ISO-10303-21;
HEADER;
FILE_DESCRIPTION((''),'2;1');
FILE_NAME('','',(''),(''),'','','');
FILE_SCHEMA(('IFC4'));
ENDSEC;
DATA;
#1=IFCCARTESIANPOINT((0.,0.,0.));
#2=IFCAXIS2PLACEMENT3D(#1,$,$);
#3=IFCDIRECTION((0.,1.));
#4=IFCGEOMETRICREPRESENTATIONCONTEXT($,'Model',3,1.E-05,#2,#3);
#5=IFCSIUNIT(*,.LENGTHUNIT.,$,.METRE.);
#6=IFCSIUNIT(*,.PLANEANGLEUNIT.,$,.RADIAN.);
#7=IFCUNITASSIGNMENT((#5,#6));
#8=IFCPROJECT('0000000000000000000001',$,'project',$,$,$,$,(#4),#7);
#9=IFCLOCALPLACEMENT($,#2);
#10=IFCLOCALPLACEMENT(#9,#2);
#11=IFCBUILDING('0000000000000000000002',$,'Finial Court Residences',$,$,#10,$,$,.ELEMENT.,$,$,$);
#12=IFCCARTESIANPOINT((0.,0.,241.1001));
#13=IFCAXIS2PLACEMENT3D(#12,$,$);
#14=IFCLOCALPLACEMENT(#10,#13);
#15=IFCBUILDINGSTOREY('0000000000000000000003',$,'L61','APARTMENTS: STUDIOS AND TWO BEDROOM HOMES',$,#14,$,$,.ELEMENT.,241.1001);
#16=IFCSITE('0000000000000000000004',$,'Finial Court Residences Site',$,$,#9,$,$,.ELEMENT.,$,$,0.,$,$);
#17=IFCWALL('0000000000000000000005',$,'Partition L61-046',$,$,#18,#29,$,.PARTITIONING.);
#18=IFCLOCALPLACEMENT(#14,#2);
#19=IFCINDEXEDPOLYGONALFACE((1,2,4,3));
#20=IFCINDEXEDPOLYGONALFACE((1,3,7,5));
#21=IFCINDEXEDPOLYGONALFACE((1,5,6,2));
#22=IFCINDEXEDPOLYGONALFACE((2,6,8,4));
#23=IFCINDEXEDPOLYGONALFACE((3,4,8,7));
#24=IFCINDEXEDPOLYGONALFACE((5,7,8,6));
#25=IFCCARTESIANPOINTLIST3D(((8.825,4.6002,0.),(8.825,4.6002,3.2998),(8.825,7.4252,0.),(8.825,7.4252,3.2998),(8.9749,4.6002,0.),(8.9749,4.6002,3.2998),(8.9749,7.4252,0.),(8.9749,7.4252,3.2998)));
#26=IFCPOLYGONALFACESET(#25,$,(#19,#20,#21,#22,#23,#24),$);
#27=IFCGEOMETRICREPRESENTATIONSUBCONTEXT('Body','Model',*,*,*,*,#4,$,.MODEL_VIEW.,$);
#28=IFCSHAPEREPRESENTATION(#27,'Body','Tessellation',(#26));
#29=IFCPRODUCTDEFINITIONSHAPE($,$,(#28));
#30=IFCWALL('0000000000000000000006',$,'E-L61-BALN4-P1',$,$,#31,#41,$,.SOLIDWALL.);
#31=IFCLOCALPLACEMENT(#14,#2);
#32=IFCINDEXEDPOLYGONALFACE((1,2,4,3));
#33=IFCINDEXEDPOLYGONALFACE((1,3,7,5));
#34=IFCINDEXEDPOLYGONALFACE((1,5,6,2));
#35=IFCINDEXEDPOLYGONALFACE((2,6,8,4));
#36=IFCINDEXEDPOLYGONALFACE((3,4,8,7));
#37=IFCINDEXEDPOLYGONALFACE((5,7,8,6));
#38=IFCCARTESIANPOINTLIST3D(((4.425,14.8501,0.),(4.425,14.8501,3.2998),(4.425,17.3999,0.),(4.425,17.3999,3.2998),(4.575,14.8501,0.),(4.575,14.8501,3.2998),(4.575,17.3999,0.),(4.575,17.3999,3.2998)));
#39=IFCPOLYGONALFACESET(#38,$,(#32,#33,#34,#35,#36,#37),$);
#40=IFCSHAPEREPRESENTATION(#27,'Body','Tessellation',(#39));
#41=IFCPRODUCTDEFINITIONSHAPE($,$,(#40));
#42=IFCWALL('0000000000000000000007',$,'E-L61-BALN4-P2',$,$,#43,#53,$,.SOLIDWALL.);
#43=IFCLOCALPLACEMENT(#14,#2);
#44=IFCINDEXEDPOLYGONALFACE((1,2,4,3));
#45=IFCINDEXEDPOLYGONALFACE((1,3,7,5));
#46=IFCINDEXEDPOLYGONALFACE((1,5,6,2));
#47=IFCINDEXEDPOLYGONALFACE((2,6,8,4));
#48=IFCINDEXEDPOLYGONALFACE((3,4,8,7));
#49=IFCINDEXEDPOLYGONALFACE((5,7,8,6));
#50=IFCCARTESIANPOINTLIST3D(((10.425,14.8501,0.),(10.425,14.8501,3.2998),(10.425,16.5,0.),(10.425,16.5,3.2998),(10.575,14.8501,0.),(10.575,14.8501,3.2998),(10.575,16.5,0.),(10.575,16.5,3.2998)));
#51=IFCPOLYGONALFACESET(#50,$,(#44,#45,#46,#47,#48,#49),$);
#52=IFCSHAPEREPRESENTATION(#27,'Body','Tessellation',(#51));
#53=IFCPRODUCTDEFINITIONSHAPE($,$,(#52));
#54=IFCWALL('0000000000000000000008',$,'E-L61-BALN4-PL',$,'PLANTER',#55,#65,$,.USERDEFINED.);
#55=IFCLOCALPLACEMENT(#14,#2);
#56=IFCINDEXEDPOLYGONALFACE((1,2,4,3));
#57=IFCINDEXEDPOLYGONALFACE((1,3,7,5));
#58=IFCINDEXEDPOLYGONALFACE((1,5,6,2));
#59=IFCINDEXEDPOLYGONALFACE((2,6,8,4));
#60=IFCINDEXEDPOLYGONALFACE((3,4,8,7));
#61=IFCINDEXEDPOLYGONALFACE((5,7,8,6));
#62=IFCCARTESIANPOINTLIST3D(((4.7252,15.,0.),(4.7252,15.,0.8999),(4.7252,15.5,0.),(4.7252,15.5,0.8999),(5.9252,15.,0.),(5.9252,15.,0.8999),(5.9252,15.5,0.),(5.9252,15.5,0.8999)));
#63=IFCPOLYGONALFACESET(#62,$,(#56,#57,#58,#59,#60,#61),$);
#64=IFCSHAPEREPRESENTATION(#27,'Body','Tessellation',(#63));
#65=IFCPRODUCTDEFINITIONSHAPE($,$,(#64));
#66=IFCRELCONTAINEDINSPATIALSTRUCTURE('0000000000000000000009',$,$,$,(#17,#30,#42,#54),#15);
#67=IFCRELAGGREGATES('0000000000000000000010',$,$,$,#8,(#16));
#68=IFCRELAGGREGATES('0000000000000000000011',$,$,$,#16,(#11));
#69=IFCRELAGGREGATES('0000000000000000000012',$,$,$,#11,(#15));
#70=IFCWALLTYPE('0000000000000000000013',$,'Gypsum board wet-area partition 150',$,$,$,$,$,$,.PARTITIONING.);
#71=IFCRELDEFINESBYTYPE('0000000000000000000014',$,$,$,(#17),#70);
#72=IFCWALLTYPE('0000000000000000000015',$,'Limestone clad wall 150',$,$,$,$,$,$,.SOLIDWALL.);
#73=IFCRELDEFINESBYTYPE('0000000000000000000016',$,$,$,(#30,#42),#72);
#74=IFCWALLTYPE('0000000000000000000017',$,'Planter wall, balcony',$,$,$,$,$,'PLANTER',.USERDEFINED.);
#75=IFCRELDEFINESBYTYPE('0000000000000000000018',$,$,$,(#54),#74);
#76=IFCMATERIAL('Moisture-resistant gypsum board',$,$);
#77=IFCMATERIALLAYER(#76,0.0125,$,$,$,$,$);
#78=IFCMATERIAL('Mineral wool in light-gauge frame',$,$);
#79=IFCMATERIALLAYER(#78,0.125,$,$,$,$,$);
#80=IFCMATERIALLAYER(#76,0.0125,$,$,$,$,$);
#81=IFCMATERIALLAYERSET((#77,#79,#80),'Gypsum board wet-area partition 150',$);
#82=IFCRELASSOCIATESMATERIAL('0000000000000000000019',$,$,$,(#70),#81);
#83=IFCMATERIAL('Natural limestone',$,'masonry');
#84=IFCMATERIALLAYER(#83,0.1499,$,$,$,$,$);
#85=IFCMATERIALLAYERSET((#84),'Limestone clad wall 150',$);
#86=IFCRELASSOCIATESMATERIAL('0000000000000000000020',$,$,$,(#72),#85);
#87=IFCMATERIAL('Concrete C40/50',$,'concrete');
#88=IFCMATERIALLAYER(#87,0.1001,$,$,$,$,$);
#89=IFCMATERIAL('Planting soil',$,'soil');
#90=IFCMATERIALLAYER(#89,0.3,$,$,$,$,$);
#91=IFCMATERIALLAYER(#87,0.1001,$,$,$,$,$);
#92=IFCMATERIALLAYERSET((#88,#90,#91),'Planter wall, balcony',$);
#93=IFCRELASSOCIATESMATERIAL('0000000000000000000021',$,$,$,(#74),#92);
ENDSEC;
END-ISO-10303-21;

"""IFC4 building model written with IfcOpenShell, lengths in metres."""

from ifc_helpers import new_model, si_unit, direction, frame, frame_2d, origin, place, context, subcontext, project, spatial, rectangle, extrude, material, layer, layer_set, type_object, element, save


model = new_model("IFC4")

# Units and contexts
model_context = context("Model", 3, precision=1e-05, world=origin(), true_north=direction((0.0, 1.0)))
body_context = subcontext(model_context, "Body", "Model", "MODEL_VIEW")
ifc_project = project(units=[si_unit("LENGTHUNIT", "METRE"), si_unit("PLANEANGLEUNIT", "RADIAN")], contexts=[model_context])

# Site, building, storey
site_placement = place(None, origin())
site = spatial("IfcSite", under=ifc_project, at=site_placement, Name="Finial Court Residences Site", CompositionType="ELEMENT", RefElevation=0.0)
building_placement = place(site_placement, origin())
building = spatial("IfcBuilding", under=site, at=building_placement, Name="Finial Court Residences", CompositionType="ELEMENT")
storey_placement = place(building_placement, frame((0.0, 0.0, 241.1001)))
storey = spatial("IfcBuildingStorey", under=building, at=storey_placement, Name="L61", Description="APARTMENTS: STUDIOS AND TWO BEDROOM HOMES", CompositionType="ELEMENT", Elevation=241.1001)

# Shared definitions
ifc_material_1 = material(Name="Mineral wool in light-gauge frame")

# Shared definitions
ifc_material_2 = material(Name="Moisture-resistant gypsum board")
ifc_layer_1 = layer(ifc_material_2, 0.0125)
ifc_layer_2 = layer(ifc_material_1, 0.125)
ifc_layer_3 = layer(ifc_material_2, 0.0125)
ifc_layer_set_1 = layer_set([ifc_layer_1, ifc_layer_2, ifc_layer_3], Name="Gypsum board wet-area partition 150")
wall_type_1 = type_object("IfcWallType", Name="Gypsum board wet-area partition 150", PredefinedType="PARTITIONING", material=ifc_layer_set_1)

# Walls
for number, where, z_axis, x_axis, name in (
    (1, (8.8999, 4.6001, 0.0), (0.0, 0.0, 1.0), (0.0, 1.0, 0.0), "Partition L61-046"),
):
    element("IfcWall", number, at=place(storey_placement, frame(where, z_axis=z_axis, x_axis=x_axis)), inside=storey, type_object=wall_type_1, Name=name, PredefinedType="PARTITIONING", context=body_context, shape_type="SweptSolid", body=[
        extrude(rectangle(XDim=2.825, YDim=0.1499, at=frame_2d((1.4126, 0.0))), origin(), (0.0, 0.0, 1.0), 3.2998),
    ])
ifc_material_3 = material(Name="Natural limestone", Category="masonry")
ifc_layer_4 = layer(ifc_material_3, 0.1499)
ifc_layer_set_2 = layer_set([ifc_layer_4], Name="Limestone clad wall 150")
wall_type_2 = type_object("IfcWallType", Name="Limestone clad wall 150", PredefinedType="SOLIDWALL", material=ifc_layer_set_2)
wall_1_placement = place(storey_placement, frame((4.5, 14.8501, 0.0), z_axis=(0.0, 0.0, 1.0), x_axis=(0.0, 1.0, 0.0)))
element("IfcWall", 2, at=wall_1_placement, inside=storey, type_object=wall_type_2, Name="E-L61-BALN4-P1", PredefinedType="SOLIDWALL", context=body_context, shape_type="SweptSolid", body=[
    extrude(rectangle(XDim=2.5498, YDim=0.1499, at=frame_2d((1.2749, 0.0))), origin(), (0.0, 0.0, 1.0), 3.2998),
])
wall_2_placement = place(storey_placement, frame((10.5, 14.8501, 0.0), z_axis=(0.0, 0.0, 1.0), x_axis=(0.0, 1.0, 0.0)))
element("IfcWall", 3, at=wall_2_placement, inside=storey, type_object=wall_type_2, Name="E-L61-BALN4-P2", PredefinedType="SOLIDWALL", context=body_context, shape_type="SweptSolid", body=[
    extrude(rectangle(XDim=1.6499, YDim=0.1499, at=frame_2d((0.825, 0.0))), origin(), (0.0, 0.0, 1.0), 3.2998),
])

# Wall
ifc_material_4 = material(Name="Concrete C40/50", Category="concrete")
ifc_layer_5 = layer(ifc_material_4, 0.1001)
ifc_material_5 = material(Name="Planting soil", Category="soil")
ifc_layer_6 = layer(ifc_material_5, 0.3)
ifc_layer_7 = layer(ifc_material_4, 0.1001)
ifc_layer_set_3 = layer_set([ifc_layer_5, ifc_layer_6, ifc_layer_7], Name="Planter wall, balcony")
wall_type_3 = type_object("IfcWallType", Name="Planter wall, balcony", ElementType="PLANTER", PredefinedType="USERDEFINED", material=ifc_layer_set_3)
wall_3_placement = place(storey_placement, frame((4.7251, 15.25, 0.0), z_axis=(0.0, 0.0, 1.0), x_axis=(1.0, 0.0, 0.0)))
element("IfcWall", 4, at=wall_3_placement, inside=storey, type_object=wall_type_3, Name="E-L61-BALN4-PL", ObjectType="PLANTER", PredefinedType="USERDEFINED", context=body_context, shape_type="SweptSolid", body=[
    extrude(rectangle(XDim=1.2, YDim=0.5, at=frame_2d((0.6001, 0.0))), origin(), (0.0, 0.0, 1.0), 0.8999),
])

save(model, "model.ifc")
